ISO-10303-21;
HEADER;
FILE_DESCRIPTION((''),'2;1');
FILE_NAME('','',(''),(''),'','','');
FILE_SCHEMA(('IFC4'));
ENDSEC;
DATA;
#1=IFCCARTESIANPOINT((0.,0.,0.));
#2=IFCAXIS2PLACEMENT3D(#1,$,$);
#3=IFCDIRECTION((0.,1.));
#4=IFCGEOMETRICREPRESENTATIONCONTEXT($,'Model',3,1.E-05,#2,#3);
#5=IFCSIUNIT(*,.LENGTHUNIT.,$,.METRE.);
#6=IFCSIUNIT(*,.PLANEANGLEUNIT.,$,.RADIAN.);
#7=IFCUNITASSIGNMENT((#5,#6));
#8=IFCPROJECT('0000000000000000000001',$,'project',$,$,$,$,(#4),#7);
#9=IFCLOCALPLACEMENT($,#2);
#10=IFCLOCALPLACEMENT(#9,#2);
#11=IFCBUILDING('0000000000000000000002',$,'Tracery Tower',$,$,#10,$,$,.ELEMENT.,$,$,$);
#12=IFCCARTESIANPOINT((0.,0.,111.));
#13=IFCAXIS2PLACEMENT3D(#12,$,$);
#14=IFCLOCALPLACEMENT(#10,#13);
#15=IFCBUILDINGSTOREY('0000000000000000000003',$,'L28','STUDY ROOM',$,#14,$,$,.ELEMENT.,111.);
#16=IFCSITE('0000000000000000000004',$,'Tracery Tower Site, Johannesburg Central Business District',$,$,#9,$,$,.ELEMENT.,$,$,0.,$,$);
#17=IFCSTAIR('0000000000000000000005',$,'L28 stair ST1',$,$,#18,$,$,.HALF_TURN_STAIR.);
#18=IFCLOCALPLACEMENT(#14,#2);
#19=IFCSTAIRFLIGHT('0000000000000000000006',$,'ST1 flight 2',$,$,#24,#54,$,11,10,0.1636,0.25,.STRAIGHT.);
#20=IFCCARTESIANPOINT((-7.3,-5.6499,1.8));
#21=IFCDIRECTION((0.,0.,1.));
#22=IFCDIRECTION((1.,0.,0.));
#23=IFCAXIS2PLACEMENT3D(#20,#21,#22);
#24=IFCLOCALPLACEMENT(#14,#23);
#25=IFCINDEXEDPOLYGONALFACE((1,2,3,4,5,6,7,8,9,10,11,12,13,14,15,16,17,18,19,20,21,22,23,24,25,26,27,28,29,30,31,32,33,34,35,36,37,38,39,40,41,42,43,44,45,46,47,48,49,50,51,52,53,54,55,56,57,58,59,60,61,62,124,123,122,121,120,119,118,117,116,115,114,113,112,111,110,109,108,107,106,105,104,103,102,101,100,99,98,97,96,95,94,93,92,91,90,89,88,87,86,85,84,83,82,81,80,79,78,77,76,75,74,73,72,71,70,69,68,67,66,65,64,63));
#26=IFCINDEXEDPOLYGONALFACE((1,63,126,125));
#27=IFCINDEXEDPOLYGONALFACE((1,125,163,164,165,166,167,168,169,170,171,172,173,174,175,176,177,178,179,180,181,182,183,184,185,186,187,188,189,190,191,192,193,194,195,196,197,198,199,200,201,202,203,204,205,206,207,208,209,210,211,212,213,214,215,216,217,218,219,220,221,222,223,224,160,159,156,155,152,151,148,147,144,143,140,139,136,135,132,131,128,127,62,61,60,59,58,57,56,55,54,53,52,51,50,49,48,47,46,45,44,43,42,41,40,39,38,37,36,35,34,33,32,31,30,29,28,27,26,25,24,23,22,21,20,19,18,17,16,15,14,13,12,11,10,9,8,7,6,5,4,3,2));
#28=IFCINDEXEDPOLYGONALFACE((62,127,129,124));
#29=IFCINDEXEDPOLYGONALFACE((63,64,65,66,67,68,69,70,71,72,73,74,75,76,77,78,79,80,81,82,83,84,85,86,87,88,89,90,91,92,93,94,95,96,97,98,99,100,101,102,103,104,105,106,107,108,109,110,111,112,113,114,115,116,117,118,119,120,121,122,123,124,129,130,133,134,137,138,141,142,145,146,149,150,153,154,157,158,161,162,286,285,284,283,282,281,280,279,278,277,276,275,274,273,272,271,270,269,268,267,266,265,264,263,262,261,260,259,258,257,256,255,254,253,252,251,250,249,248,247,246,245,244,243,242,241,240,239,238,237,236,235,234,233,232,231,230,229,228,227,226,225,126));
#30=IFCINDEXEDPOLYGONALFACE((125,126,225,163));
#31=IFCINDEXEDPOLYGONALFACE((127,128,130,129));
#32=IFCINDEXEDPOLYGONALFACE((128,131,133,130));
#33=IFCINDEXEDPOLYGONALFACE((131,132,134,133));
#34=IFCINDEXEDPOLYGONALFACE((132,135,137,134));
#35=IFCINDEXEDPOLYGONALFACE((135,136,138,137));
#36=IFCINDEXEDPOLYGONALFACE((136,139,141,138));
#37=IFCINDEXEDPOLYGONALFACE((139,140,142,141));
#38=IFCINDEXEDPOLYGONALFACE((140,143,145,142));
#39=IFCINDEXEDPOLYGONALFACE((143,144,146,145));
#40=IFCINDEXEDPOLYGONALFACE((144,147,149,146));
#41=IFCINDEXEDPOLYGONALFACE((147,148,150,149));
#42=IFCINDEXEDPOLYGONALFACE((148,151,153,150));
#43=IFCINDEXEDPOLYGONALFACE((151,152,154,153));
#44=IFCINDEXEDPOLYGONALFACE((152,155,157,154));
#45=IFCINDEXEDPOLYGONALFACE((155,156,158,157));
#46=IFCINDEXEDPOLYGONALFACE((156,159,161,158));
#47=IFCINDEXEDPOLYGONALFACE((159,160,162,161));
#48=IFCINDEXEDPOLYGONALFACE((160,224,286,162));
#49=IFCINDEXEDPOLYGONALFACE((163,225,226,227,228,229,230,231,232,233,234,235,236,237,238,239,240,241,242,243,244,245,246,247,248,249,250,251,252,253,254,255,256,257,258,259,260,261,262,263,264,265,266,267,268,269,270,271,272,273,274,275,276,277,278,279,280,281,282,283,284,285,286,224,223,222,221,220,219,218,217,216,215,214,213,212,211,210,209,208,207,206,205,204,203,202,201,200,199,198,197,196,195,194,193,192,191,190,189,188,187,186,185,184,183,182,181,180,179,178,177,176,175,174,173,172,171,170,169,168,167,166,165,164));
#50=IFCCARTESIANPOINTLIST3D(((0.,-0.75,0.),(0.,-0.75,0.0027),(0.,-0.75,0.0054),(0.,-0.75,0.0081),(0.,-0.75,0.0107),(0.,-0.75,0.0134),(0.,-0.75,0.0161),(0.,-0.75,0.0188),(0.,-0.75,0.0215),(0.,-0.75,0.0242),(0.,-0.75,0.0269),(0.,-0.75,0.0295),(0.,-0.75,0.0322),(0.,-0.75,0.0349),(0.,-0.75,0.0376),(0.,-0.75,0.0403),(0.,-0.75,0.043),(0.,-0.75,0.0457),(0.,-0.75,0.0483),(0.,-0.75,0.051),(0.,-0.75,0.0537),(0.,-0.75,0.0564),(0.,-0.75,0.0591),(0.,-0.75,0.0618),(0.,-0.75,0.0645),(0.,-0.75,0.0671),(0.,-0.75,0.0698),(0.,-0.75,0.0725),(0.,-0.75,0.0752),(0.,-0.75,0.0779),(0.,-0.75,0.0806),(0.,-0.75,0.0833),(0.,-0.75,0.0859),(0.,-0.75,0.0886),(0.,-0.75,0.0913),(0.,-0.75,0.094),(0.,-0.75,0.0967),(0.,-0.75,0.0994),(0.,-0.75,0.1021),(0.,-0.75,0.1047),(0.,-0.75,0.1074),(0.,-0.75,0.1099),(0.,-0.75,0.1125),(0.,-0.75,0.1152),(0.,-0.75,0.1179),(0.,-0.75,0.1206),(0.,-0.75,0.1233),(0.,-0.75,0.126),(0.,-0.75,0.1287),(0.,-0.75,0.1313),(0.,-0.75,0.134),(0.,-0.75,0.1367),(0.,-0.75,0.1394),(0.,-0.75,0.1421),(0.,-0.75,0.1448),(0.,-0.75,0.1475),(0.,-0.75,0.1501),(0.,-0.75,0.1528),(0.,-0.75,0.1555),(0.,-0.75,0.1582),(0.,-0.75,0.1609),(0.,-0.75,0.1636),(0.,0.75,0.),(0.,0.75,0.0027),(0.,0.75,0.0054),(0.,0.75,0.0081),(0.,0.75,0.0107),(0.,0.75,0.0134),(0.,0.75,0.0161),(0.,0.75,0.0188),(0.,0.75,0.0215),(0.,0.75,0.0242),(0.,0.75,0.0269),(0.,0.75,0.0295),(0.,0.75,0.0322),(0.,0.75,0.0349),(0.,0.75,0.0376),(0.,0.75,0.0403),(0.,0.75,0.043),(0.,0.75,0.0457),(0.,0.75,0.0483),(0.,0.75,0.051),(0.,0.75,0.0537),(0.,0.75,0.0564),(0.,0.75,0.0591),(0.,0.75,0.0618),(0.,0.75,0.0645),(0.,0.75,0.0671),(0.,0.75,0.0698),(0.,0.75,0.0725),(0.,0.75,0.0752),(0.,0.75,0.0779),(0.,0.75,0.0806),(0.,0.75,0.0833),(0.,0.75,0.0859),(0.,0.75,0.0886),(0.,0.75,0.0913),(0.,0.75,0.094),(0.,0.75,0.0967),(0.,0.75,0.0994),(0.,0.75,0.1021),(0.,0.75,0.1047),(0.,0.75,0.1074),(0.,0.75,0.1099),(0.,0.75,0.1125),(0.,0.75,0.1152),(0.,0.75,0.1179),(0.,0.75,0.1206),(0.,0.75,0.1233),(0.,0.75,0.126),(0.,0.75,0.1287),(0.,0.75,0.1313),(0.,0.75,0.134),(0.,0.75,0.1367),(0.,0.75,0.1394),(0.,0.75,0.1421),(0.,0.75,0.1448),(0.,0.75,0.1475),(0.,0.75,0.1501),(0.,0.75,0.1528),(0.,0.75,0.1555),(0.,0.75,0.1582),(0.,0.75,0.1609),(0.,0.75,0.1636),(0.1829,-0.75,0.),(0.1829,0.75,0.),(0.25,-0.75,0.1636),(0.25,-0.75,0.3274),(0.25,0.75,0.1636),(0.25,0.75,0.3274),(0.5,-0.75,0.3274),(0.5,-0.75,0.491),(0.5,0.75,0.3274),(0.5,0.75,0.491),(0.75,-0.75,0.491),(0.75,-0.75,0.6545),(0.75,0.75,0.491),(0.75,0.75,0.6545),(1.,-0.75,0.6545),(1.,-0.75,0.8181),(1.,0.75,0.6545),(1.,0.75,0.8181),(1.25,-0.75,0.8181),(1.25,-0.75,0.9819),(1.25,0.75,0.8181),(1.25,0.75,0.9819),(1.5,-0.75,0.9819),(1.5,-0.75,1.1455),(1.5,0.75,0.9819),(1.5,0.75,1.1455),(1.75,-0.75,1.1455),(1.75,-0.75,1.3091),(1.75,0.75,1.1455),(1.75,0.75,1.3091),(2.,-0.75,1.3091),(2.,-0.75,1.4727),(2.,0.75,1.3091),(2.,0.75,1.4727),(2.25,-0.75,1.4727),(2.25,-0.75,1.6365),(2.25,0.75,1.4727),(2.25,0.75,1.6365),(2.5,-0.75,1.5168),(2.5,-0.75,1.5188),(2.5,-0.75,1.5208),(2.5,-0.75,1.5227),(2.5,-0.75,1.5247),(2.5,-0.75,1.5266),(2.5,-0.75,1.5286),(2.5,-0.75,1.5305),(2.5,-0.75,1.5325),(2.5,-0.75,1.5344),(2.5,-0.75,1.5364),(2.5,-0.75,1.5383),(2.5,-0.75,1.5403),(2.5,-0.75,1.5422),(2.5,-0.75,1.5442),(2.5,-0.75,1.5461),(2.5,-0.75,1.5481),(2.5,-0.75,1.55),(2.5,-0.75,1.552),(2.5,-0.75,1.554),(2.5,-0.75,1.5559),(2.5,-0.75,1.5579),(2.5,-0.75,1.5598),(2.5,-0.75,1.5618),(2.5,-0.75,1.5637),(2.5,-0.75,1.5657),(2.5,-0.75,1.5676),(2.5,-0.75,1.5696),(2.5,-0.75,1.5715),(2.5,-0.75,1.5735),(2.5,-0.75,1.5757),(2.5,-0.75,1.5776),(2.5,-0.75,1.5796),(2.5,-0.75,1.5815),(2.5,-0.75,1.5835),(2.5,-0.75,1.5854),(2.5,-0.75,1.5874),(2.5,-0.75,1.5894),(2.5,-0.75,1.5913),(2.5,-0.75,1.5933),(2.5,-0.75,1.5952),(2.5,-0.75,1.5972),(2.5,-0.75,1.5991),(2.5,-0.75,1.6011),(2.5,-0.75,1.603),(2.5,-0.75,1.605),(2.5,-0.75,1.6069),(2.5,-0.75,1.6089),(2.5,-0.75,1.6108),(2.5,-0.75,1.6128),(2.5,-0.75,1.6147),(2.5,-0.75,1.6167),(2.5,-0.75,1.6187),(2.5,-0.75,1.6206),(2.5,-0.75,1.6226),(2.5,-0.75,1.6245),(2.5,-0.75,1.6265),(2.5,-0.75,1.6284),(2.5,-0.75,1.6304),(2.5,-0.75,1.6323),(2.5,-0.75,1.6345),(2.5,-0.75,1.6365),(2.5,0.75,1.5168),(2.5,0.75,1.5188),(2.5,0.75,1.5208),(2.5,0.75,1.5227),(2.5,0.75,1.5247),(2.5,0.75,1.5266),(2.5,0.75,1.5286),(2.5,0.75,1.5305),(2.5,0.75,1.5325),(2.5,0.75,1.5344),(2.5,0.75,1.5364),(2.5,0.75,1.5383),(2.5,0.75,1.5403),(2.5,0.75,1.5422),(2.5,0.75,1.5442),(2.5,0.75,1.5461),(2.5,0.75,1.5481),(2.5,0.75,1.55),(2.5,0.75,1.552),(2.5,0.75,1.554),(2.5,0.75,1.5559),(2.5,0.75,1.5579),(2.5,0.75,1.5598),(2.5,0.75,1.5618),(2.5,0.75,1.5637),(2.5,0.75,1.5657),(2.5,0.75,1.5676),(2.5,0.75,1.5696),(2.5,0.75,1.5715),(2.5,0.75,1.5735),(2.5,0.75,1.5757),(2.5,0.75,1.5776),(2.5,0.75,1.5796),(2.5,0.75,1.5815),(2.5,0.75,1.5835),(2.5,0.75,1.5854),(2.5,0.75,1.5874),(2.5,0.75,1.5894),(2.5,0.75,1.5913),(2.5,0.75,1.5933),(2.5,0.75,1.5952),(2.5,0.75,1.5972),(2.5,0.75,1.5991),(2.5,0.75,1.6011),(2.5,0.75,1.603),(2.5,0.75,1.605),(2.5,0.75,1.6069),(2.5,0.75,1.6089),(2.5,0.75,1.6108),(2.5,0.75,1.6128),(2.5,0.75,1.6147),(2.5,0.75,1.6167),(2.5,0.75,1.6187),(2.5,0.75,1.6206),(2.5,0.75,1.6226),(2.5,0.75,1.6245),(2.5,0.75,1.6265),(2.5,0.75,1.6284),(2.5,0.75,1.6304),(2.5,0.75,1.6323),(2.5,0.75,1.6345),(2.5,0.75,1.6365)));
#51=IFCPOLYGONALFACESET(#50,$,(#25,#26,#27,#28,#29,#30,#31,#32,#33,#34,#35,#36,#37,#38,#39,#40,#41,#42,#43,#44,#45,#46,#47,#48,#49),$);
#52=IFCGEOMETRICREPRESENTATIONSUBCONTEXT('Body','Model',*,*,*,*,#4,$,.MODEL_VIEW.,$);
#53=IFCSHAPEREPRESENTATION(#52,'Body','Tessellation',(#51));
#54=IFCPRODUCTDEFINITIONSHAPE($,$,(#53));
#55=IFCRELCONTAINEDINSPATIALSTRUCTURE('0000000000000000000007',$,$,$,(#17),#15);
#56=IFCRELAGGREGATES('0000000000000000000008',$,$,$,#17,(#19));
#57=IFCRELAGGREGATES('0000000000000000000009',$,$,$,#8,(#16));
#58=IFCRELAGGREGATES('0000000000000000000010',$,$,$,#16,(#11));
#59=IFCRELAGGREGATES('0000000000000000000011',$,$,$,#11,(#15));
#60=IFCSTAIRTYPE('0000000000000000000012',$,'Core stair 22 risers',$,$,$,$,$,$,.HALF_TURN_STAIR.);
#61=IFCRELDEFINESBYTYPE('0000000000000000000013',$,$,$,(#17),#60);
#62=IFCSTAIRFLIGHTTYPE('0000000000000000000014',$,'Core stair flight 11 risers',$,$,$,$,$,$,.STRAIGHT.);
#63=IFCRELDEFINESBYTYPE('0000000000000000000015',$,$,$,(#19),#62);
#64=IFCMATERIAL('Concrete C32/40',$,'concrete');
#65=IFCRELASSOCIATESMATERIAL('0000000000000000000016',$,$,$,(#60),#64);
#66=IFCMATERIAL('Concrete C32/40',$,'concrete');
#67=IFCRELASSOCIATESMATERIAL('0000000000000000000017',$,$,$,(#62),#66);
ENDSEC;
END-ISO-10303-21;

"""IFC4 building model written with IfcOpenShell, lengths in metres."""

from ifc_helpers import new_model, si_unit, direction, frame, origin, place, context, subcontext, project, spatial, polyline, outline, extrude, material, type_object, element, aggregate, save


model = new_model("IFC4")

# Units and contexts
model_context = context("Model", 3, precision=1e-05, world=origin(), true_north=direction((0.0, 1.0)))
body_context = subcontext(model_context, "Body", "Model", "MODEL_VIEW")
ifc_project = project(units=[si_unit("LENGTHUNIT", "METRE"), si_unit("PLANEANGLEUNIT", "RADIAN")], contexts=[model_context])

# Site, building, storey
site_placement = place(None, origin())
site = spatial("IfcSite", under=ifc_project, at=site_placement, Name="Tracery Tower Site, Johannesburg Central Business District", CompositionType="ELEMENT", RefElevation=0.0)
building_placement = place(site_placement, origin())
building = spatial("IfcBuilding", under=site, at=building_placement, Name="Tracery Tower", CompositionType="ELEMENT")
storey_placement = place(building_placement, frame((0.0, 0.0, 111.0)))
storey = spatial("IfcBuildingStorey", under=building, at=storey_placement, Name="L28", Description="STUDY ROOM", CompositionType="ELEMENT", Elevation=111.0)

# Stair, stair flight
ifc_material_1 = material(Name="Concrete C32/40", Category="concrete")
stair_type = type_object("IfcStairType", Name="Core stair 22 risers", PredefinedType="HALF_TURN_STAIR", material=ifc_material_1)
stair_placement = place(storey_placement, origin())
stair = element("IfcStair", 1, at=stair_placement, inside=storey, type_object=stair_type, Name="L28 stair ST1", PredefinedType="HALF_TURN_STAIR")
ifc_material_2 = material(Name="Concrete C32/40", Category="concrete")
stair_flight_type = type_object("IfcStairFlightType", Name="Core stair flight 11 risers", PredefinedType="STRAIGHT", material=ifc_material_2)
stair_flight_1_placement = place(storey_placement, frame((-7.3, -5.6499, 1.8), z_axis=(0.0, 0.0, 1.0), x_axis=(1.0, 0.0, 0.0)))
stair_flight_1 = element("IfcStairFlight", 2, at=stair_flight_1_placement, type_object=stair_flight_type, Name="ST1 flight 2", NumberOfRisers=11, NumberOfTreads=10, PredefinedType="STRAIGHT", RiserHeight=0.1636, TreadLength=0.25, context=body_context, shape_type="SweptSolid", body=[
    extrude(outline(polyline([(0.0, 0.0), (0.0, 0.0027), (0.0, 0.0054), (0.0, 0.0081), (0.0, 0.0107), (0.0, 0.0134), (0.0, 0.0161), (0.0, 0.0188), (0.0, 0.0215), (0.0, 0.0242), (0.0, 0.0269), (0.0, 0.0295), (0.0, 0.0322), (0.0, 0.0349), (0.0, 0.0376), (0.0, 0.0403), (0.0, 0.043), (0.0, 0.0457), (0.0, 0.0483), (0.0, 0.051), (0.0, 0.0537), (0.0, 0.0564), (0.0, 0.0591), (0.0, 0.0618), (0.0, 0.0645), (0.0, 0.0671), (0.0, 0.0698), (0.0, 0.0725), (0.0, 0.0752), (0.0, 0.0779), (0.0, 0.0806), (0.0, 0.0833), (0.0, 0.0859), (0.0, 0.0886), (0.0, 0.0913), (0.0, 0.094), (0.0, 0.0967), (0.0, 0.0994), (0.0, 0.1021), (0.0, 0.1047), (0.0, 0.1074), (0.0, 0.1099), (0.0, 0.1125), (0.0, 0.1152), (0.0, 0.1179), (0.0, 0.1206), (0.0, 0.1233), (0.0, 0.126), (0.0, 0.1287), (0.0, 0.1313), (0.0, 0.134), (0.0, 0.1367), (0.0, 0.1394), (0.0, 0.1421), (0.0, 0.1448), (0.0, 0.1475), (0.0, 0.1501), (0.0, 0.1528), (0.0, 0.1555), (0.0, 0.1582), (0.0, 0.1609), (0.0, 0.1636), (0.25, 0.1636), (0.25, 0.3274), (0.5, 0.3274), (0.5, 0.491), (0.75, 0.491), (0.75, 0.6545), (1.0, 0.6545), (1.0, 0.8181), (1.25, 0.8181), (1.25, 0.9819), (1.5, 0.9819), (1.5, 1.1455), (1.75, 1.1455), (1.75, 1.3091), (2.0, 1.3091), (2.0, 1.4727), (2.25, 1.4727), (2.25, 1.6365), (2.5, 1.6365), (2.5, 1.6345), (2.5, 1.6323), (2.5, 1.6304), (2.5, 1.6284), (2.5, 1.6265), (2.5, 1.6245), (2.5, 1.6226), (2.5, 1.6206), (2.5, 1.6187), (2.5, 1.6167), (2.5, 1.6147), (2.5, 1.6128), (2.5, 1.6108), (2.5, 1.6089), (2.5, 1.6069), (2.5, 1.605), (2.5, 1.603), (2.5, 1.6011), (2.5, 1.5991), (2.5, 1.5972), (2.5, 1.5952), (2.5, 1.5933), (2.5, 1.5913), (2.5, 1.5894), (2.5, 1.5874), (2.5, 1.5854), (2.5, 1.5835), (2.5, 1.5815), (2.5, 1.5796), (2.5, 1.5776), (2.5, 1.5757), (2.5, 1.5735), (2.5, 1.5715), (2.5, 1.5696), (2.5, 1.5676), (2.5, 1.5657), (2.5, 1.5637), (2.5, 1.5618), (2.5, 1.5598), (2.5, 1.5579), (2.5, 1.5559), (2.5, 1.554), (2.5, 1.552), (2.5, 1.55), (2.5, 1.5481), (2.5, 1.5461), (2.5, 1.5442), (2.5, 1.5422), (2.5, 1.5403), (2.5, 1.5383), (2.5, 1.5364), (2.5, 1.5344), (2.5, 1.5325), (2.5, 1.5305), (2.5, 1.5286), (2.5, 1.5266), (2.5, 1.5247), (2.5, 1.5227), (2.5, 1.5208), (2.5, 1.5188), (2.5, 1.5168), (0.1829, 0.0), (0.0, 0.0)])), frame((0.0, 0.75, 0.0), z_axis=(0.0, -1.0, 0.0), x_axis=(1.0, 0.0, 0.0)), (0.0, 0.0, 1.0), 1.5),
])
aggregate(stair, [stair_flight_1])

save(model, "model.ifc")
